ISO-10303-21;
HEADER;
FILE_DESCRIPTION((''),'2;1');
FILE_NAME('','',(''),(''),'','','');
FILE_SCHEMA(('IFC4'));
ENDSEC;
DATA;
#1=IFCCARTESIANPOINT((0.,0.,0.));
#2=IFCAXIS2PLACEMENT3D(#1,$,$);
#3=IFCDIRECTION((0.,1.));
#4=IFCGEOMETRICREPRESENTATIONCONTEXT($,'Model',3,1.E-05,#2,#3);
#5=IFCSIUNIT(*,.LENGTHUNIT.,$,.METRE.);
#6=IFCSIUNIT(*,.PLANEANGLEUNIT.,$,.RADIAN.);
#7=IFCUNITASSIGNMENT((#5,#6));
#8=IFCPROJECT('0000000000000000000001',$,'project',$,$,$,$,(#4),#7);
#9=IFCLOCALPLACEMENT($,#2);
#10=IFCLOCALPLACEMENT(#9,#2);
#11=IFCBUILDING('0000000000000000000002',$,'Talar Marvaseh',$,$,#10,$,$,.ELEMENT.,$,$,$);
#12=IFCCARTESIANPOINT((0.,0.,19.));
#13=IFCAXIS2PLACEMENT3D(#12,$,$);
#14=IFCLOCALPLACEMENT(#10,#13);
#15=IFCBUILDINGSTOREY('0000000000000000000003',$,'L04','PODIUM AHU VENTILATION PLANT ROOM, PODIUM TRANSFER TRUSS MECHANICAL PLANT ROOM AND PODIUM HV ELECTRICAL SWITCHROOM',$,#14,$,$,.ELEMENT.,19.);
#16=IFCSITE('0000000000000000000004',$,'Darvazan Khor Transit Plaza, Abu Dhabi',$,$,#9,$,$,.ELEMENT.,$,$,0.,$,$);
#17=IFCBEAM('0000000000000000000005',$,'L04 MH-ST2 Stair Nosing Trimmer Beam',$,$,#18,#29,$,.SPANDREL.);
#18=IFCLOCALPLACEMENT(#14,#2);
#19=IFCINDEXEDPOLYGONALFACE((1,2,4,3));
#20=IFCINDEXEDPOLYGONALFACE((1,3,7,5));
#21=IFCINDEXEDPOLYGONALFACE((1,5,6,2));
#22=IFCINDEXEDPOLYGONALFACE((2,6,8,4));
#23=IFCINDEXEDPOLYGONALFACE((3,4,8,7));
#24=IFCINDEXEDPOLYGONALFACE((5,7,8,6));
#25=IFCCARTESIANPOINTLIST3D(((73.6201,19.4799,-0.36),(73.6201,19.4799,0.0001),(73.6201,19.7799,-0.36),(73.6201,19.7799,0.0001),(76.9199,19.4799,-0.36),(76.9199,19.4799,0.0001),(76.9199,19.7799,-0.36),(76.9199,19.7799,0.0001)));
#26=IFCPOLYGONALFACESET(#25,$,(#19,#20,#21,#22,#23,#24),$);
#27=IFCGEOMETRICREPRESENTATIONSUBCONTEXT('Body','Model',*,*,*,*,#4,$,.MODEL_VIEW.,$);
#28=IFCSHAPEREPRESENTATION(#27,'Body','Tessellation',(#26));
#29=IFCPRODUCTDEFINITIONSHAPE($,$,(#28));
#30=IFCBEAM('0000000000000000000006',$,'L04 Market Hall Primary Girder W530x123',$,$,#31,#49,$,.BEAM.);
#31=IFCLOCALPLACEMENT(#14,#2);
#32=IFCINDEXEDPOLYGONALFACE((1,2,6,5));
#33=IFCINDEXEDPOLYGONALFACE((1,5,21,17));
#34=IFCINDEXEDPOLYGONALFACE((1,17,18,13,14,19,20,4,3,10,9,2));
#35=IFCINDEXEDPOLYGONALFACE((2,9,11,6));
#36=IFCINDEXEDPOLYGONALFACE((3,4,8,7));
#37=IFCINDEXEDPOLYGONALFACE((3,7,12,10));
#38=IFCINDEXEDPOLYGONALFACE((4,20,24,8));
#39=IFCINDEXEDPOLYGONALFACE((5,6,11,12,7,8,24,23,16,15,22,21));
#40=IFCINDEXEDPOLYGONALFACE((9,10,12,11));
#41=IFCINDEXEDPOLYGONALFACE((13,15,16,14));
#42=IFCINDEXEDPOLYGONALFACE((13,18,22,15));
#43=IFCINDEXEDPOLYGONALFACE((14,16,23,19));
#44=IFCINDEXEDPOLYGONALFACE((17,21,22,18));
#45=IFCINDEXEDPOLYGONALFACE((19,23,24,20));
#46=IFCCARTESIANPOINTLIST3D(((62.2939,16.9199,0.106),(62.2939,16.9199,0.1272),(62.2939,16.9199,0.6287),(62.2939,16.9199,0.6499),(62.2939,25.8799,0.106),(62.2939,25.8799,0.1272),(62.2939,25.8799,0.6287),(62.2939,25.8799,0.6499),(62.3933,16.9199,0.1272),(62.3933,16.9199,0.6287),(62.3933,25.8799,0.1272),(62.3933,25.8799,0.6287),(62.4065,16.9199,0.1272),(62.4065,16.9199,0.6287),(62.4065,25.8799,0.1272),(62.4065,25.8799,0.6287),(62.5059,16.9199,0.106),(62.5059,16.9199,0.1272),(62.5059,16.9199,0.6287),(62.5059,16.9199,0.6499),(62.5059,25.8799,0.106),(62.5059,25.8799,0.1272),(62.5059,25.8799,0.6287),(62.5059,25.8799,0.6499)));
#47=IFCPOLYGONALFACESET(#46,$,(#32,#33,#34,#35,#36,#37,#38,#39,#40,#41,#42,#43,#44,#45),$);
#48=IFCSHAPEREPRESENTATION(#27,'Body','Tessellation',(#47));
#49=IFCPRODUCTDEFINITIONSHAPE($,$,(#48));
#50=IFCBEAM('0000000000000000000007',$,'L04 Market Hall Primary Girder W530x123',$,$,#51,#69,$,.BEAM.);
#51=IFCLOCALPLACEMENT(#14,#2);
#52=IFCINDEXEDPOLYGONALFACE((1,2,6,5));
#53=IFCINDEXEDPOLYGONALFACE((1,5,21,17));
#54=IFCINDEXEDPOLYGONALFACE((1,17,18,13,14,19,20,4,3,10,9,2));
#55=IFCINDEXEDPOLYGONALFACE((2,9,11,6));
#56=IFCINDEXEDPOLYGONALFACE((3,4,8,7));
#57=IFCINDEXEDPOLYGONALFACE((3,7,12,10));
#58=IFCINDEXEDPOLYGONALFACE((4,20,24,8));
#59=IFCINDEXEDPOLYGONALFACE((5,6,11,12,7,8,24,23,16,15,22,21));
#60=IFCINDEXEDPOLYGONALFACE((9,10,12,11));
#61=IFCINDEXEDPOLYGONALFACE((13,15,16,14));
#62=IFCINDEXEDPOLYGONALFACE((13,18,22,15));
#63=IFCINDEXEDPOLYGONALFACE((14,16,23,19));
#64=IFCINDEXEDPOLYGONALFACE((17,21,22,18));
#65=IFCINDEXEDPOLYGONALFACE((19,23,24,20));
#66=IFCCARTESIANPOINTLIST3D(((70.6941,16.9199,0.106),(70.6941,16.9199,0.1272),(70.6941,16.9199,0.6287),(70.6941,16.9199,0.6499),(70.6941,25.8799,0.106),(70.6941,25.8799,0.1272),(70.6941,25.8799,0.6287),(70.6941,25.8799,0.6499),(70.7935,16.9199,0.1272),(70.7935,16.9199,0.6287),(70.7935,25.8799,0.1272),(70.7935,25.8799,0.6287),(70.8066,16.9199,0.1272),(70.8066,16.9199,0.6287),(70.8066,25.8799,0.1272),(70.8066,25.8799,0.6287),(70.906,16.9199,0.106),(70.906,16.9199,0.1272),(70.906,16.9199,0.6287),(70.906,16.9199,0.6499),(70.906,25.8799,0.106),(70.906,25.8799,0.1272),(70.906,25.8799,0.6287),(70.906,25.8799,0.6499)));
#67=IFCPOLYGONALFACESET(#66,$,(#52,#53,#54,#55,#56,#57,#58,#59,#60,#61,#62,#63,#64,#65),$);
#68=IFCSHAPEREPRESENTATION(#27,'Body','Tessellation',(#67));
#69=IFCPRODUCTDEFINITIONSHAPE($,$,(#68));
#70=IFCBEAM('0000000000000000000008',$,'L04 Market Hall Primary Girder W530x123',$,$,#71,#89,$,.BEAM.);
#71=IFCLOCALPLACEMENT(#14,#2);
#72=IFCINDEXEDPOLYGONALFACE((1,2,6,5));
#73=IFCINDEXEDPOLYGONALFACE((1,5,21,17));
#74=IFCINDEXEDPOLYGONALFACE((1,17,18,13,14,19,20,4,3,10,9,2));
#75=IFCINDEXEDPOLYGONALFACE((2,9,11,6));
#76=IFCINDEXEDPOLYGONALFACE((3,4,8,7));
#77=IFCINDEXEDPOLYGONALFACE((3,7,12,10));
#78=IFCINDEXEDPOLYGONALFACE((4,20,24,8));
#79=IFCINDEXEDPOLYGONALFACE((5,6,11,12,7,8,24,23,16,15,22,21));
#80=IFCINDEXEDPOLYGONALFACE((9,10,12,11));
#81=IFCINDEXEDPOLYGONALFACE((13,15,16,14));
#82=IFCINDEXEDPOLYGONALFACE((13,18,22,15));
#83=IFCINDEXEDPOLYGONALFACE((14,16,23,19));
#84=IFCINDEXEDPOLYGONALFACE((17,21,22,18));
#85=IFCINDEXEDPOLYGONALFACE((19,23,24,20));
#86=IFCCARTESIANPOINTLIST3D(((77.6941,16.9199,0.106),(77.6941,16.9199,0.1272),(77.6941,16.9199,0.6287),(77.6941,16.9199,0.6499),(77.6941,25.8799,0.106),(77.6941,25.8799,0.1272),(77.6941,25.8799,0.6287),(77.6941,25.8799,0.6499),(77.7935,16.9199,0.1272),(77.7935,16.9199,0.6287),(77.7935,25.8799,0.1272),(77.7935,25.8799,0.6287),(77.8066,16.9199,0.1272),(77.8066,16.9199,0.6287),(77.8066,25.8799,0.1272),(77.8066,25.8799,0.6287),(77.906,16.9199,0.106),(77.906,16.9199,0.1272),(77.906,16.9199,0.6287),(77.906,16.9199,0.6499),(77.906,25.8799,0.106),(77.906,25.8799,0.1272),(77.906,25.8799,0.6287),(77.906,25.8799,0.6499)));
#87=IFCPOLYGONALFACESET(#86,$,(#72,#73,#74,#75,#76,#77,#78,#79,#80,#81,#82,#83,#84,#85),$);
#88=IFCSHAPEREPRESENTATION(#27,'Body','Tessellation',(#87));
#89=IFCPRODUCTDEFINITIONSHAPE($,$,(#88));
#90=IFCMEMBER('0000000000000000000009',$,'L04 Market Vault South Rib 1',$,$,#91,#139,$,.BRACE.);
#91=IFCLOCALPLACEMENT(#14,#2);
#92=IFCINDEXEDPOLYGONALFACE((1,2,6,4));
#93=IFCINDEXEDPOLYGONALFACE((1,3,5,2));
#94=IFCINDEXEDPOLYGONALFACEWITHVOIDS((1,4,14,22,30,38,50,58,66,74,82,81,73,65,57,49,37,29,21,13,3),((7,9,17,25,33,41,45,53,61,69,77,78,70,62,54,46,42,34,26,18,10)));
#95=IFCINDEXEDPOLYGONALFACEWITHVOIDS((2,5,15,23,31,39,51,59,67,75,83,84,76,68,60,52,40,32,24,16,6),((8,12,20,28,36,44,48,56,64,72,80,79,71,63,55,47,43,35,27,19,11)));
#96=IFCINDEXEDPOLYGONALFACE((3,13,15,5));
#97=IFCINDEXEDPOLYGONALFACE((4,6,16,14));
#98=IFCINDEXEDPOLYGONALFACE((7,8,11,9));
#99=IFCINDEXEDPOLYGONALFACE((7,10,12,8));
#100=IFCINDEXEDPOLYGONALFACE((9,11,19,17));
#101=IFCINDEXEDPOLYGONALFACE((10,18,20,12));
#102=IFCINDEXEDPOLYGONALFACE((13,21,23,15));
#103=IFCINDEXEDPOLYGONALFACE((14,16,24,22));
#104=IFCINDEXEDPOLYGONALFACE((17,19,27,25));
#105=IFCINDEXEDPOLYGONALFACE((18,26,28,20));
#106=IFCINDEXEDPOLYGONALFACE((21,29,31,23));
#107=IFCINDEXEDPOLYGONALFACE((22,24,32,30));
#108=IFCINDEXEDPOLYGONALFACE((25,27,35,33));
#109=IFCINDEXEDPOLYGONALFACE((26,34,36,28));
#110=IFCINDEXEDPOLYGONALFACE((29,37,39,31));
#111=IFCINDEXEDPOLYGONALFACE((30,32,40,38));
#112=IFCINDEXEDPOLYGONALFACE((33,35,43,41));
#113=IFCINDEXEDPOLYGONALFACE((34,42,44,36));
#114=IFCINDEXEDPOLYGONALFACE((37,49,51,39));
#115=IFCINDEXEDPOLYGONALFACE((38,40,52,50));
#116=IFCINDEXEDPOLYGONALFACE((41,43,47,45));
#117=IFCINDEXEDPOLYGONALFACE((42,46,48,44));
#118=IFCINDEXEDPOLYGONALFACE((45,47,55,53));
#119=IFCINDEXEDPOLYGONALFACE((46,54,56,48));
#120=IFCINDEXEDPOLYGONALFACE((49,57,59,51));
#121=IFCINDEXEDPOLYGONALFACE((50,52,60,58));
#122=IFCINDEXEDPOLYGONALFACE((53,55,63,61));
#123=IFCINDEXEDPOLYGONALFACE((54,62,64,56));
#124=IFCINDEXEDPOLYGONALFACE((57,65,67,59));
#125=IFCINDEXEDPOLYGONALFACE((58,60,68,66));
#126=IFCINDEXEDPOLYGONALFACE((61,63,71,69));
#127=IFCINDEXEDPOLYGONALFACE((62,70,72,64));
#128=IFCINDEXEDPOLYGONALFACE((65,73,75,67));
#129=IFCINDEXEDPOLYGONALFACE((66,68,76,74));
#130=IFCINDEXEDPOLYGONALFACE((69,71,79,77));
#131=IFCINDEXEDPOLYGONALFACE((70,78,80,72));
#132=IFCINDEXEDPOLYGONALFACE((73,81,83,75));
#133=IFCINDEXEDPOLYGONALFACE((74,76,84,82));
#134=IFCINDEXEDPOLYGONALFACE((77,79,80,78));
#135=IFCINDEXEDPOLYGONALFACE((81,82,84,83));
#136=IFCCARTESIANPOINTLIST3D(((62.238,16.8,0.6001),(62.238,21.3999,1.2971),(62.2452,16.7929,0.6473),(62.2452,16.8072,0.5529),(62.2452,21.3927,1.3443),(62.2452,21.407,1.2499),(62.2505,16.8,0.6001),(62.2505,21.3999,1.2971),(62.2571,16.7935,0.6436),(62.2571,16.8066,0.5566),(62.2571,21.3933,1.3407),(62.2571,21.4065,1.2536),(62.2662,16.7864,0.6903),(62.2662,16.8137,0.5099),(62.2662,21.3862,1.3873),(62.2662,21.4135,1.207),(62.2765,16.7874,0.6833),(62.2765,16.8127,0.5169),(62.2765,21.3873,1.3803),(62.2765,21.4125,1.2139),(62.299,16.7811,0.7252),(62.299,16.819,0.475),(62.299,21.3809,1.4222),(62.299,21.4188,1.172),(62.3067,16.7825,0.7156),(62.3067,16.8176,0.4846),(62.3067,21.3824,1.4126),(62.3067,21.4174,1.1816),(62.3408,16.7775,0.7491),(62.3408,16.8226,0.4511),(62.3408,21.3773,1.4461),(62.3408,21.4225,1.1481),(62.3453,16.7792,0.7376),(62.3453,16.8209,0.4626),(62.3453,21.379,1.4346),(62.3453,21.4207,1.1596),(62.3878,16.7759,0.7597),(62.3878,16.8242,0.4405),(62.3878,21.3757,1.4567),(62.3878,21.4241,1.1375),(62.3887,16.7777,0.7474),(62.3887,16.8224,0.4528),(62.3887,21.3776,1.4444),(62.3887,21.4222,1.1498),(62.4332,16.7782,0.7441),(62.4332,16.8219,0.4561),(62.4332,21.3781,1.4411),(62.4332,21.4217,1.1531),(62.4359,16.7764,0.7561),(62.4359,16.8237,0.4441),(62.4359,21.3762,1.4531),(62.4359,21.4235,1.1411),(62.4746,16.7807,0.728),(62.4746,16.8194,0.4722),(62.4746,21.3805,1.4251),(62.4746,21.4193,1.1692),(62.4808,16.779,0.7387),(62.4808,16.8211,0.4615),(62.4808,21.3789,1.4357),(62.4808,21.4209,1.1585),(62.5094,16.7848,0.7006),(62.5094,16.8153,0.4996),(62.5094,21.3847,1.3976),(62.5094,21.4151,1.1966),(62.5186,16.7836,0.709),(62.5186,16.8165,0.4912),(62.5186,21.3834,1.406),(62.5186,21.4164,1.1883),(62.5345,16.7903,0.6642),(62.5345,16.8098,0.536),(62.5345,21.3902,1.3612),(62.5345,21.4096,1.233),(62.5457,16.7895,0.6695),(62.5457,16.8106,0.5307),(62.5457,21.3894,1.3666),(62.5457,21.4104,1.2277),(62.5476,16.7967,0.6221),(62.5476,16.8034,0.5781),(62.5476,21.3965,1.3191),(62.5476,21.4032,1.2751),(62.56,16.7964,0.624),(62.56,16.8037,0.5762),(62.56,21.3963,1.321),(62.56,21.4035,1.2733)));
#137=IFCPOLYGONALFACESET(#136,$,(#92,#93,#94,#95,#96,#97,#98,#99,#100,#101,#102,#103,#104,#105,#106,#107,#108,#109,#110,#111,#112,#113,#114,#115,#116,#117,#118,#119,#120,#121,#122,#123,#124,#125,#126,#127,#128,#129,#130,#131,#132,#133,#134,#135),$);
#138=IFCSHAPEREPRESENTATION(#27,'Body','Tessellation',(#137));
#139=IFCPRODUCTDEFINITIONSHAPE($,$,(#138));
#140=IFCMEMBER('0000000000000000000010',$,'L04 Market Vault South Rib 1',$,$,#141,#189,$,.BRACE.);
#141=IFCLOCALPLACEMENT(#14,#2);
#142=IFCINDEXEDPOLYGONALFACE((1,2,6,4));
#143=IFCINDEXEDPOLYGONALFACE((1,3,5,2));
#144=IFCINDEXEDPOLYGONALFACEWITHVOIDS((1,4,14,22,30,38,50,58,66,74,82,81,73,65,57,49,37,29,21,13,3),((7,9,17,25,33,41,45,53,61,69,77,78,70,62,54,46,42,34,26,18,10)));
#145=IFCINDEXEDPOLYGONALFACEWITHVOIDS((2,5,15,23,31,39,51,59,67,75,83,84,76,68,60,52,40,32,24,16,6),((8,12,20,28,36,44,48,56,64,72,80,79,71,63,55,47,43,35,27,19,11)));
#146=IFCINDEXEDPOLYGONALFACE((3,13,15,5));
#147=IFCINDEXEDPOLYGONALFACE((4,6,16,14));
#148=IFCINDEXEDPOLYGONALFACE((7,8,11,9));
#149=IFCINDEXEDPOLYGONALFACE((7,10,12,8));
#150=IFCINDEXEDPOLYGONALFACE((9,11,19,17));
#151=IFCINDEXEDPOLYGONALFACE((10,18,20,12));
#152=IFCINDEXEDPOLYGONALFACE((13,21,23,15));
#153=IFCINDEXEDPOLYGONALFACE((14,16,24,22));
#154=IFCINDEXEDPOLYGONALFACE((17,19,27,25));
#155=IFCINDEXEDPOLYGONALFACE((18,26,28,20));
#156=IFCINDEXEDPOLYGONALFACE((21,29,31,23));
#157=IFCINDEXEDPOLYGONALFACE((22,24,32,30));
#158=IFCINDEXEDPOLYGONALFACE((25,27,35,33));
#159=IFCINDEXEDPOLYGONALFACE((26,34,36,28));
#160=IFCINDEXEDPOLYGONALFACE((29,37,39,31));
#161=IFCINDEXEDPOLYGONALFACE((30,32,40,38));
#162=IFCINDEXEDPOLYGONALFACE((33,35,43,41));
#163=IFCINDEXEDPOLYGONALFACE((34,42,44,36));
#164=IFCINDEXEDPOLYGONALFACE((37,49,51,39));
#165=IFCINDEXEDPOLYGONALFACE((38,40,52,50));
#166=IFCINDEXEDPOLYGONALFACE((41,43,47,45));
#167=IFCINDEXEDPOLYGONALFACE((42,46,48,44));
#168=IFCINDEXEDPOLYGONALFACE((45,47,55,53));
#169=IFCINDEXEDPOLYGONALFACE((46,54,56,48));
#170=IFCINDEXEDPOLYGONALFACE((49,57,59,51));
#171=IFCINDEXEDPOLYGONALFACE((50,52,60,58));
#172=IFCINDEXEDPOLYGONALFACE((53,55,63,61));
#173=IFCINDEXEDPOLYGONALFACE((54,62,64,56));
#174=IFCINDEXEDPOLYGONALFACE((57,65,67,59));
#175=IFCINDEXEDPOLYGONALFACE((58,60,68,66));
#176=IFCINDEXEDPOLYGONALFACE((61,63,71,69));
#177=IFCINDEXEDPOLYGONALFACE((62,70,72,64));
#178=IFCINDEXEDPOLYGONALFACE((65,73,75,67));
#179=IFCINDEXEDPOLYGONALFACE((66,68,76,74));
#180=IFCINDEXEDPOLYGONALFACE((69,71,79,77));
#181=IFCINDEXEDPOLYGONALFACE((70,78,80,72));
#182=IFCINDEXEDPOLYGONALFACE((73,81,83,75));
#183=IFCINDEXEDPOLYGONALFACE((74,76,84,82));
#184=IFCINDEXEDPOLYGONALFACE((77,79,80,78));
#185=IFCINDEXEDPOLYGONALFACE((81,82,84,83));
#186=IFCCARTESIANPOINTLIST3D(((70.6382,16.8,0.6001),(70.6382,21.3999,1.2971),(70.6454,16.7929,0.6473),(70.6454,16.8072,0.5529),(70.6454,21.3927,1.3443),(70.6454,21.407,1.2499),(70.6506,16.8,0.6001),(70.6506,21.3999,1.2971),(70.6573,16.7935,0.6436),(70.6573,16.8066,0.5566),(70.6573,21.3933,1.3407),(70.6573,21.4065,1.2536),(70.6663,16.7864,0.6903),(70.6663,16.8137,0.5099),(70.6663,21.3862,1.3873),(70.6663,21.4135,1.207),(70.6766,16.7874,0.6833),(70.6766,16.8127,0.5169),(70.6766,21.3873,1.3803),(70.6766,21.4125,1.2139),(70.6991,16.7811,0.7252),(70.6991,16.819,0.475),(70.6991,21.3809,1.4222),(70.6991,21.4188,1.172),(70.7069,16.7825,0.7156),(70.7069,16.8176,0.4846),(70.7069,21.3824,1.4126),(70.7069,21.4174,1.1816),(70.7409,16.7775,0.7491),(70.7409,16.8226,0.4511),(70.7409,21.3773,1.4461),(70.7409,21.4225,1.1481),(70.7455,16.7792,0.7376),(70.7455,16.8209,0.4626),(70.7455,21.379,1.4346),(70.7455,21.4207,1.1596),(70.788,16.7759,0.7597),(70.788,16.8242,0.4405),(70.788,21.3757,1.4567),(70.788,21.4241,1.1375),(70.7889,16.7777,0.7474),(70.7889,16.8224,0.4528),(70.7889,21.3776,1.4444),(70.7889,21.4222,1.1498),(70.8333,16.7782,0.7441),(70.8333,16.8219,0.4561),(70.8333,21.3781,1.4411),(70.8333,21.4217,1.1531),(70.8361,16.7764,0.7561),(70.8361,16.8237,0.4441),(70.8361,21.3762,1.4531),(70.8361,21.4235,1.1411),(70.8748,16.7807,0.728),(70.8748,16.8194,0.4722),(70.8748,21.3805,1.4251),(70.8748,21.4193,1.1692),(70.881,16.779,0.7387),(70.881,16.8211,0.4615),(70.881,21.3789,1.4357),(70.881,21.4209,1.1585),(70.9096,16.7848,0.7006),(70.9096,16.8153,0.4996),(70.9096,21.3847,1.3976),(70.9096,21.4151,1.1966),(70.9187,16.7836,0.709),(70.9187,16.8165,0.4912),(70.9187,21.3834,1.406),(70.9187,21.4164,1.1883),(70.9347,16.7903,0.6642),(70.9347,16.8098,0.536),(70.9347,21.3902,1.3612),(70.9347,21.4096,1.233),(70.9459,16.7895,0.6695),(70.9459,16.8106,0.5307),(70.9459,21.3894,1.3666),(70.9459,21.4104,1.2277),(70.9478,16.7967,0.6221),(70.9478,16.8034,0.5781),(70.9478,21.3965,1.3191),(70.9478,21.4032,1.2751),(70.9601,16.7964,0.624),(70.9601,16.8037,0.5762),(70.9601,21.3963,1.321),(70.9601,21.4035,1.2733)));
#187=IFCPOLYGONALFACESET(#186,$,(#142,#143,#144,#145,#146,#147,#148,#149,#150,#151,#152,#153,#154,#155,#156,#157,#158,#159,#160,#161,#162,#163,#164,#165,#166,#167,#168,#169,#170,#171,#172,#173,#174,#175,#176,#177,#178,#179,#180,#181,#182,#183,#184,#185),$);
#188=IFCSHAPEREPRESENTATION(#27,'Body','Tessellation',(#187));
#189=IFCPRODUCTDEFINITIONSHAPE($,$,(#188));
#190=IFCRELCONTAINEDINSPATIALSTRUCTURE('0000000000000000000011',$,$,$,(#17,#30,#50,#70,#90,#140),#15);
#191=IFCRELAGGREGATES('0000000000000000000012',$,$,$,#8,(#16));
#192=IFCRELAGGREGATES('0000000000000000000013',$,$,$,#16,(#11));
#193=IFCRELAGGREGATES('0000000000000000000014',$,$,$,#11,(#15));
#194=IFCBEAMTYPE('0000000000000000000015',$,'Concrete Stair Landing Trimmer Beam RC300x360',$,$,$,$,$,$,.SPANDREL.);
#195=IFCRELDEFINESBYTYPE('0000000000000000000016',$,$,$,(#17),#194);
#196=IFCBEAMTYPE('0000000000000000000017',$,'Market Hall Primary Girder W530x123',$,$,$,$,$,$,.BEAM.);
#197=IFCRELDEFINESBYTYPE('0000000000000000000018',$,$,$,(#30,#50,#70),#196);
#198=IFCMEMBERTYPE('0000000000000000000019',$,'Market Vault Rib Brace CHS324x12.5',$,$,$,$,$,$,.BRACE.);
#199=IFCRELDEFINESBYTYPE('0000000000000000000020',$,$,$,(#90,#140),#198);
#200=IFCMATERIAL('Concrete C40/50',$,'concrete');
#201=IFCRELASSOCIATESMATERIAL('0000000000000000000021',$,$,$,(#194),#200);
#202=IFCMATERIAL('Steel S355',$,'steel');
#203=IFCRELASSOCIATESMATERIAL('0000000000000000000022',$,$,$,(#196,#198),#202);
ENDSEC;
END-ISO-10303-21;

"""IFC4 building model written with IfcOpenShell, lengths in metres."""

from ifc_helpers import new_model, si_unit, direction, frame, origin, origin_2d, place, context, subcontext, project, spatial, rectangle, hollow_circle, i_section, extrude, source, transform, mapped, material, material_profile, profile_set, type_object, element, save


model = new_model("IFC4")

# Units and contexts
model_context = context("Model", 3, precision=1e-05, world=origin(), true_north=direction((0.0, 1.0)))
body_context = subcontext(model_context, "Body", "Model", "MODEL_VIEW")
ifc_project = project(units=[si_unit("LENGTHUNIT", "METRE"), si_unit("PLANEANGLEUNIT", "RADIAN")], contexts=[model_context])

# Site, building, storey
site_placement = place(None, origin())
site = spatial("IfcSite", under=ifc_project, at=site_placement, Name="Darvazan Khor Transit Plaza, Abu Dhabi", CompositionType="ELEMENT", RefElevation=0.0)
building_placement = place(site_placement, origin())
building = spatial("IfcBuilding", under=site, at=building_placement, Name="Talar Marvaseh", CompositionType="ELEMENT")
storey_placement = place(building_placement, frame((0.0, 0.0, 19.0)))
storey = spatial("IfcBuildingStorey", under=building, at=storey_placement, Name="L04", Description="PODIUM AHU VENTILATION PLANT ROOM, PODIUM TRANSFER TRUSS MECHANICAL PLANT ROOM AND PODIUM HV ELECTRICAL SWITCHROOM", CompositionType="ELEMENT", Elevation=19.0)

# Beams
ifc_material_1 = material(Name="Concrete C40/50", Category="concrete")
ifc_material_profile_1 = material_profile(ifc_material_1, rectangle(XDim=0.3, YDim=0.3601, at=origin_2d()), Name="RC300x360")
ifc_profile_set_1 = profile_set([ifc_material_profile_1], Name="Concrete C40/50")
beam_type_1 = type_object("IfcBeamType", Name="Concrete Stair Landing Trimmer Beam RC300x360", PredefinedType="SPANDREL", material=ifc_profile_set_1)
beam_placement = place(storey_placement, frame((76.9199, 19.6299, -0.1799), z_axis=(-1.0, 0.0, 0.0), x_axis=(0.0, -1.0, 0.0)))
element("IfcBeam", 1, at=beam_placement, inside=storey, type_object=beam_type_1, Name="L04 MH-ST2 Stair Nosing Trimmer Beam", PredefinedType="SPANDREL", context=body_context, shape_type="SweptSolid", body=[
    extrude(rectangle(XDim=0.3, YDim=0.3601, at=origin_2d()), origin(), (0.0, 0.0, 1.0), 3.2998),
])
ifc_material_2 = material(Name="Steel S355", Category="steel")
ifc_material_profile_2 = material_profile(ifc_material_2, i_section(OverallWidth=0.2119, OverallDepth=0.5439, WebThickness=0.0132, FlangeThickness=0.0212, at=origin_2d()), Name="W530x123")
ifc_profile_set_2 = profile_set([ifc_material_profile_2], Name="Steel S355")
beam_type_2 = type_object("IfcBeamType", Name="Market Hall Primary Girder W530x123", PredefinedType="BEAM", material=ifc_profile_set_2)
for number, where, z_axis, x_axis, name in (
    (2, (62.3999, 16.9199, 0.3779), (0.0, 1.0, 0.0), (-1.0, 0.0, 0.0), "L04 Market Hall Primary Girder W530x123"),
    (3, (70.8, 16.9199, 0.3779), (0.0, 1.0, 0.0), (-1.0, 0.0, 0.0), "L04 Market Hall Primary Girder W530x123"),
    (4, (77.8, 16.9199, 0.3779), (0.0, 1.0, 0.0), (-1.0, 0.0, 0.0), "L04 Market Hall Primary Girder W530x123"),
):
    element("IfcBeam", number, at=place(storey_placement, frame(where, z_axis=z_axis, x_axis=x_axis)), inside=storey, type_object=beam_type_2, Name=name, PredefinedType="BEAM", context=body_context, shape_type="SweptSolid", body=[
        extrude(i_section(OverallWidth=0.2119, OverallDepth=0.5439, WebThickness=0.0132, FlangeThickness=0.0212, at=origin_2d()), origin(), (0.0, 0.0, 1.0), 8.96),
    ])

# Members
ifc_material_profile_3 = material_profile(ifc_material_2, hollow_circle(Radius=0.1619, WallThickness=0.0125, at=origin_2d()), Name="CHS324x12.5")
ifc_profile_set_3 = profile_set([ifc_material_profile_3], Name="Steel S355")
member_type_1 = type_object("IfcMemberType", Name="Market Vault Rib Brace CHS324x12.5", PredefinedType="BRACE", material=ifc_profile_set_3)
shared_shape_1 = source(origin(), body_context, "Body", "SweptSolid", [
    extrude(hollow_circle(Radius=0.1619, WallThickness=0.0125, at=origin_2d()), origin(), (0.0, 0.0, 1.0), 4.6523),
])
for number, where, z_axis, x_axis, name in (
    (5, (62.3999, 16.8, 0.6001), (0.0, 0.988713, 0.149821), (-1.0, 0.0, 0.0), "L04 Market Vault South Rib 1"),
    (6, (70.8, 16.8, 0.6001), (0.0, 0.988713, 0.149821), (-1.0, 0.0, 0.0), "L04 Market Vault South Rib 1"),
):
    element("IfcMember", number, at=place(storey_placement, frame(where, z_axis=z_axis, x_axis=x_axis)), inside=storey, type_object=member_type_1, Name=name, PredefinedType="BRACE", context=body_context, shape_type="MappedRepresentation", body=[
        mapped(shared_shape_1, transform((0.0, 0.0, 0.0), x_axis=(1.0, 0.0, 0.0), y_axis=(0.0, 1.0, 0.0), z_axis=(0.0, 0.0, 1.0), scale=1.0)),
    ])

save(model, "model.ifc")
